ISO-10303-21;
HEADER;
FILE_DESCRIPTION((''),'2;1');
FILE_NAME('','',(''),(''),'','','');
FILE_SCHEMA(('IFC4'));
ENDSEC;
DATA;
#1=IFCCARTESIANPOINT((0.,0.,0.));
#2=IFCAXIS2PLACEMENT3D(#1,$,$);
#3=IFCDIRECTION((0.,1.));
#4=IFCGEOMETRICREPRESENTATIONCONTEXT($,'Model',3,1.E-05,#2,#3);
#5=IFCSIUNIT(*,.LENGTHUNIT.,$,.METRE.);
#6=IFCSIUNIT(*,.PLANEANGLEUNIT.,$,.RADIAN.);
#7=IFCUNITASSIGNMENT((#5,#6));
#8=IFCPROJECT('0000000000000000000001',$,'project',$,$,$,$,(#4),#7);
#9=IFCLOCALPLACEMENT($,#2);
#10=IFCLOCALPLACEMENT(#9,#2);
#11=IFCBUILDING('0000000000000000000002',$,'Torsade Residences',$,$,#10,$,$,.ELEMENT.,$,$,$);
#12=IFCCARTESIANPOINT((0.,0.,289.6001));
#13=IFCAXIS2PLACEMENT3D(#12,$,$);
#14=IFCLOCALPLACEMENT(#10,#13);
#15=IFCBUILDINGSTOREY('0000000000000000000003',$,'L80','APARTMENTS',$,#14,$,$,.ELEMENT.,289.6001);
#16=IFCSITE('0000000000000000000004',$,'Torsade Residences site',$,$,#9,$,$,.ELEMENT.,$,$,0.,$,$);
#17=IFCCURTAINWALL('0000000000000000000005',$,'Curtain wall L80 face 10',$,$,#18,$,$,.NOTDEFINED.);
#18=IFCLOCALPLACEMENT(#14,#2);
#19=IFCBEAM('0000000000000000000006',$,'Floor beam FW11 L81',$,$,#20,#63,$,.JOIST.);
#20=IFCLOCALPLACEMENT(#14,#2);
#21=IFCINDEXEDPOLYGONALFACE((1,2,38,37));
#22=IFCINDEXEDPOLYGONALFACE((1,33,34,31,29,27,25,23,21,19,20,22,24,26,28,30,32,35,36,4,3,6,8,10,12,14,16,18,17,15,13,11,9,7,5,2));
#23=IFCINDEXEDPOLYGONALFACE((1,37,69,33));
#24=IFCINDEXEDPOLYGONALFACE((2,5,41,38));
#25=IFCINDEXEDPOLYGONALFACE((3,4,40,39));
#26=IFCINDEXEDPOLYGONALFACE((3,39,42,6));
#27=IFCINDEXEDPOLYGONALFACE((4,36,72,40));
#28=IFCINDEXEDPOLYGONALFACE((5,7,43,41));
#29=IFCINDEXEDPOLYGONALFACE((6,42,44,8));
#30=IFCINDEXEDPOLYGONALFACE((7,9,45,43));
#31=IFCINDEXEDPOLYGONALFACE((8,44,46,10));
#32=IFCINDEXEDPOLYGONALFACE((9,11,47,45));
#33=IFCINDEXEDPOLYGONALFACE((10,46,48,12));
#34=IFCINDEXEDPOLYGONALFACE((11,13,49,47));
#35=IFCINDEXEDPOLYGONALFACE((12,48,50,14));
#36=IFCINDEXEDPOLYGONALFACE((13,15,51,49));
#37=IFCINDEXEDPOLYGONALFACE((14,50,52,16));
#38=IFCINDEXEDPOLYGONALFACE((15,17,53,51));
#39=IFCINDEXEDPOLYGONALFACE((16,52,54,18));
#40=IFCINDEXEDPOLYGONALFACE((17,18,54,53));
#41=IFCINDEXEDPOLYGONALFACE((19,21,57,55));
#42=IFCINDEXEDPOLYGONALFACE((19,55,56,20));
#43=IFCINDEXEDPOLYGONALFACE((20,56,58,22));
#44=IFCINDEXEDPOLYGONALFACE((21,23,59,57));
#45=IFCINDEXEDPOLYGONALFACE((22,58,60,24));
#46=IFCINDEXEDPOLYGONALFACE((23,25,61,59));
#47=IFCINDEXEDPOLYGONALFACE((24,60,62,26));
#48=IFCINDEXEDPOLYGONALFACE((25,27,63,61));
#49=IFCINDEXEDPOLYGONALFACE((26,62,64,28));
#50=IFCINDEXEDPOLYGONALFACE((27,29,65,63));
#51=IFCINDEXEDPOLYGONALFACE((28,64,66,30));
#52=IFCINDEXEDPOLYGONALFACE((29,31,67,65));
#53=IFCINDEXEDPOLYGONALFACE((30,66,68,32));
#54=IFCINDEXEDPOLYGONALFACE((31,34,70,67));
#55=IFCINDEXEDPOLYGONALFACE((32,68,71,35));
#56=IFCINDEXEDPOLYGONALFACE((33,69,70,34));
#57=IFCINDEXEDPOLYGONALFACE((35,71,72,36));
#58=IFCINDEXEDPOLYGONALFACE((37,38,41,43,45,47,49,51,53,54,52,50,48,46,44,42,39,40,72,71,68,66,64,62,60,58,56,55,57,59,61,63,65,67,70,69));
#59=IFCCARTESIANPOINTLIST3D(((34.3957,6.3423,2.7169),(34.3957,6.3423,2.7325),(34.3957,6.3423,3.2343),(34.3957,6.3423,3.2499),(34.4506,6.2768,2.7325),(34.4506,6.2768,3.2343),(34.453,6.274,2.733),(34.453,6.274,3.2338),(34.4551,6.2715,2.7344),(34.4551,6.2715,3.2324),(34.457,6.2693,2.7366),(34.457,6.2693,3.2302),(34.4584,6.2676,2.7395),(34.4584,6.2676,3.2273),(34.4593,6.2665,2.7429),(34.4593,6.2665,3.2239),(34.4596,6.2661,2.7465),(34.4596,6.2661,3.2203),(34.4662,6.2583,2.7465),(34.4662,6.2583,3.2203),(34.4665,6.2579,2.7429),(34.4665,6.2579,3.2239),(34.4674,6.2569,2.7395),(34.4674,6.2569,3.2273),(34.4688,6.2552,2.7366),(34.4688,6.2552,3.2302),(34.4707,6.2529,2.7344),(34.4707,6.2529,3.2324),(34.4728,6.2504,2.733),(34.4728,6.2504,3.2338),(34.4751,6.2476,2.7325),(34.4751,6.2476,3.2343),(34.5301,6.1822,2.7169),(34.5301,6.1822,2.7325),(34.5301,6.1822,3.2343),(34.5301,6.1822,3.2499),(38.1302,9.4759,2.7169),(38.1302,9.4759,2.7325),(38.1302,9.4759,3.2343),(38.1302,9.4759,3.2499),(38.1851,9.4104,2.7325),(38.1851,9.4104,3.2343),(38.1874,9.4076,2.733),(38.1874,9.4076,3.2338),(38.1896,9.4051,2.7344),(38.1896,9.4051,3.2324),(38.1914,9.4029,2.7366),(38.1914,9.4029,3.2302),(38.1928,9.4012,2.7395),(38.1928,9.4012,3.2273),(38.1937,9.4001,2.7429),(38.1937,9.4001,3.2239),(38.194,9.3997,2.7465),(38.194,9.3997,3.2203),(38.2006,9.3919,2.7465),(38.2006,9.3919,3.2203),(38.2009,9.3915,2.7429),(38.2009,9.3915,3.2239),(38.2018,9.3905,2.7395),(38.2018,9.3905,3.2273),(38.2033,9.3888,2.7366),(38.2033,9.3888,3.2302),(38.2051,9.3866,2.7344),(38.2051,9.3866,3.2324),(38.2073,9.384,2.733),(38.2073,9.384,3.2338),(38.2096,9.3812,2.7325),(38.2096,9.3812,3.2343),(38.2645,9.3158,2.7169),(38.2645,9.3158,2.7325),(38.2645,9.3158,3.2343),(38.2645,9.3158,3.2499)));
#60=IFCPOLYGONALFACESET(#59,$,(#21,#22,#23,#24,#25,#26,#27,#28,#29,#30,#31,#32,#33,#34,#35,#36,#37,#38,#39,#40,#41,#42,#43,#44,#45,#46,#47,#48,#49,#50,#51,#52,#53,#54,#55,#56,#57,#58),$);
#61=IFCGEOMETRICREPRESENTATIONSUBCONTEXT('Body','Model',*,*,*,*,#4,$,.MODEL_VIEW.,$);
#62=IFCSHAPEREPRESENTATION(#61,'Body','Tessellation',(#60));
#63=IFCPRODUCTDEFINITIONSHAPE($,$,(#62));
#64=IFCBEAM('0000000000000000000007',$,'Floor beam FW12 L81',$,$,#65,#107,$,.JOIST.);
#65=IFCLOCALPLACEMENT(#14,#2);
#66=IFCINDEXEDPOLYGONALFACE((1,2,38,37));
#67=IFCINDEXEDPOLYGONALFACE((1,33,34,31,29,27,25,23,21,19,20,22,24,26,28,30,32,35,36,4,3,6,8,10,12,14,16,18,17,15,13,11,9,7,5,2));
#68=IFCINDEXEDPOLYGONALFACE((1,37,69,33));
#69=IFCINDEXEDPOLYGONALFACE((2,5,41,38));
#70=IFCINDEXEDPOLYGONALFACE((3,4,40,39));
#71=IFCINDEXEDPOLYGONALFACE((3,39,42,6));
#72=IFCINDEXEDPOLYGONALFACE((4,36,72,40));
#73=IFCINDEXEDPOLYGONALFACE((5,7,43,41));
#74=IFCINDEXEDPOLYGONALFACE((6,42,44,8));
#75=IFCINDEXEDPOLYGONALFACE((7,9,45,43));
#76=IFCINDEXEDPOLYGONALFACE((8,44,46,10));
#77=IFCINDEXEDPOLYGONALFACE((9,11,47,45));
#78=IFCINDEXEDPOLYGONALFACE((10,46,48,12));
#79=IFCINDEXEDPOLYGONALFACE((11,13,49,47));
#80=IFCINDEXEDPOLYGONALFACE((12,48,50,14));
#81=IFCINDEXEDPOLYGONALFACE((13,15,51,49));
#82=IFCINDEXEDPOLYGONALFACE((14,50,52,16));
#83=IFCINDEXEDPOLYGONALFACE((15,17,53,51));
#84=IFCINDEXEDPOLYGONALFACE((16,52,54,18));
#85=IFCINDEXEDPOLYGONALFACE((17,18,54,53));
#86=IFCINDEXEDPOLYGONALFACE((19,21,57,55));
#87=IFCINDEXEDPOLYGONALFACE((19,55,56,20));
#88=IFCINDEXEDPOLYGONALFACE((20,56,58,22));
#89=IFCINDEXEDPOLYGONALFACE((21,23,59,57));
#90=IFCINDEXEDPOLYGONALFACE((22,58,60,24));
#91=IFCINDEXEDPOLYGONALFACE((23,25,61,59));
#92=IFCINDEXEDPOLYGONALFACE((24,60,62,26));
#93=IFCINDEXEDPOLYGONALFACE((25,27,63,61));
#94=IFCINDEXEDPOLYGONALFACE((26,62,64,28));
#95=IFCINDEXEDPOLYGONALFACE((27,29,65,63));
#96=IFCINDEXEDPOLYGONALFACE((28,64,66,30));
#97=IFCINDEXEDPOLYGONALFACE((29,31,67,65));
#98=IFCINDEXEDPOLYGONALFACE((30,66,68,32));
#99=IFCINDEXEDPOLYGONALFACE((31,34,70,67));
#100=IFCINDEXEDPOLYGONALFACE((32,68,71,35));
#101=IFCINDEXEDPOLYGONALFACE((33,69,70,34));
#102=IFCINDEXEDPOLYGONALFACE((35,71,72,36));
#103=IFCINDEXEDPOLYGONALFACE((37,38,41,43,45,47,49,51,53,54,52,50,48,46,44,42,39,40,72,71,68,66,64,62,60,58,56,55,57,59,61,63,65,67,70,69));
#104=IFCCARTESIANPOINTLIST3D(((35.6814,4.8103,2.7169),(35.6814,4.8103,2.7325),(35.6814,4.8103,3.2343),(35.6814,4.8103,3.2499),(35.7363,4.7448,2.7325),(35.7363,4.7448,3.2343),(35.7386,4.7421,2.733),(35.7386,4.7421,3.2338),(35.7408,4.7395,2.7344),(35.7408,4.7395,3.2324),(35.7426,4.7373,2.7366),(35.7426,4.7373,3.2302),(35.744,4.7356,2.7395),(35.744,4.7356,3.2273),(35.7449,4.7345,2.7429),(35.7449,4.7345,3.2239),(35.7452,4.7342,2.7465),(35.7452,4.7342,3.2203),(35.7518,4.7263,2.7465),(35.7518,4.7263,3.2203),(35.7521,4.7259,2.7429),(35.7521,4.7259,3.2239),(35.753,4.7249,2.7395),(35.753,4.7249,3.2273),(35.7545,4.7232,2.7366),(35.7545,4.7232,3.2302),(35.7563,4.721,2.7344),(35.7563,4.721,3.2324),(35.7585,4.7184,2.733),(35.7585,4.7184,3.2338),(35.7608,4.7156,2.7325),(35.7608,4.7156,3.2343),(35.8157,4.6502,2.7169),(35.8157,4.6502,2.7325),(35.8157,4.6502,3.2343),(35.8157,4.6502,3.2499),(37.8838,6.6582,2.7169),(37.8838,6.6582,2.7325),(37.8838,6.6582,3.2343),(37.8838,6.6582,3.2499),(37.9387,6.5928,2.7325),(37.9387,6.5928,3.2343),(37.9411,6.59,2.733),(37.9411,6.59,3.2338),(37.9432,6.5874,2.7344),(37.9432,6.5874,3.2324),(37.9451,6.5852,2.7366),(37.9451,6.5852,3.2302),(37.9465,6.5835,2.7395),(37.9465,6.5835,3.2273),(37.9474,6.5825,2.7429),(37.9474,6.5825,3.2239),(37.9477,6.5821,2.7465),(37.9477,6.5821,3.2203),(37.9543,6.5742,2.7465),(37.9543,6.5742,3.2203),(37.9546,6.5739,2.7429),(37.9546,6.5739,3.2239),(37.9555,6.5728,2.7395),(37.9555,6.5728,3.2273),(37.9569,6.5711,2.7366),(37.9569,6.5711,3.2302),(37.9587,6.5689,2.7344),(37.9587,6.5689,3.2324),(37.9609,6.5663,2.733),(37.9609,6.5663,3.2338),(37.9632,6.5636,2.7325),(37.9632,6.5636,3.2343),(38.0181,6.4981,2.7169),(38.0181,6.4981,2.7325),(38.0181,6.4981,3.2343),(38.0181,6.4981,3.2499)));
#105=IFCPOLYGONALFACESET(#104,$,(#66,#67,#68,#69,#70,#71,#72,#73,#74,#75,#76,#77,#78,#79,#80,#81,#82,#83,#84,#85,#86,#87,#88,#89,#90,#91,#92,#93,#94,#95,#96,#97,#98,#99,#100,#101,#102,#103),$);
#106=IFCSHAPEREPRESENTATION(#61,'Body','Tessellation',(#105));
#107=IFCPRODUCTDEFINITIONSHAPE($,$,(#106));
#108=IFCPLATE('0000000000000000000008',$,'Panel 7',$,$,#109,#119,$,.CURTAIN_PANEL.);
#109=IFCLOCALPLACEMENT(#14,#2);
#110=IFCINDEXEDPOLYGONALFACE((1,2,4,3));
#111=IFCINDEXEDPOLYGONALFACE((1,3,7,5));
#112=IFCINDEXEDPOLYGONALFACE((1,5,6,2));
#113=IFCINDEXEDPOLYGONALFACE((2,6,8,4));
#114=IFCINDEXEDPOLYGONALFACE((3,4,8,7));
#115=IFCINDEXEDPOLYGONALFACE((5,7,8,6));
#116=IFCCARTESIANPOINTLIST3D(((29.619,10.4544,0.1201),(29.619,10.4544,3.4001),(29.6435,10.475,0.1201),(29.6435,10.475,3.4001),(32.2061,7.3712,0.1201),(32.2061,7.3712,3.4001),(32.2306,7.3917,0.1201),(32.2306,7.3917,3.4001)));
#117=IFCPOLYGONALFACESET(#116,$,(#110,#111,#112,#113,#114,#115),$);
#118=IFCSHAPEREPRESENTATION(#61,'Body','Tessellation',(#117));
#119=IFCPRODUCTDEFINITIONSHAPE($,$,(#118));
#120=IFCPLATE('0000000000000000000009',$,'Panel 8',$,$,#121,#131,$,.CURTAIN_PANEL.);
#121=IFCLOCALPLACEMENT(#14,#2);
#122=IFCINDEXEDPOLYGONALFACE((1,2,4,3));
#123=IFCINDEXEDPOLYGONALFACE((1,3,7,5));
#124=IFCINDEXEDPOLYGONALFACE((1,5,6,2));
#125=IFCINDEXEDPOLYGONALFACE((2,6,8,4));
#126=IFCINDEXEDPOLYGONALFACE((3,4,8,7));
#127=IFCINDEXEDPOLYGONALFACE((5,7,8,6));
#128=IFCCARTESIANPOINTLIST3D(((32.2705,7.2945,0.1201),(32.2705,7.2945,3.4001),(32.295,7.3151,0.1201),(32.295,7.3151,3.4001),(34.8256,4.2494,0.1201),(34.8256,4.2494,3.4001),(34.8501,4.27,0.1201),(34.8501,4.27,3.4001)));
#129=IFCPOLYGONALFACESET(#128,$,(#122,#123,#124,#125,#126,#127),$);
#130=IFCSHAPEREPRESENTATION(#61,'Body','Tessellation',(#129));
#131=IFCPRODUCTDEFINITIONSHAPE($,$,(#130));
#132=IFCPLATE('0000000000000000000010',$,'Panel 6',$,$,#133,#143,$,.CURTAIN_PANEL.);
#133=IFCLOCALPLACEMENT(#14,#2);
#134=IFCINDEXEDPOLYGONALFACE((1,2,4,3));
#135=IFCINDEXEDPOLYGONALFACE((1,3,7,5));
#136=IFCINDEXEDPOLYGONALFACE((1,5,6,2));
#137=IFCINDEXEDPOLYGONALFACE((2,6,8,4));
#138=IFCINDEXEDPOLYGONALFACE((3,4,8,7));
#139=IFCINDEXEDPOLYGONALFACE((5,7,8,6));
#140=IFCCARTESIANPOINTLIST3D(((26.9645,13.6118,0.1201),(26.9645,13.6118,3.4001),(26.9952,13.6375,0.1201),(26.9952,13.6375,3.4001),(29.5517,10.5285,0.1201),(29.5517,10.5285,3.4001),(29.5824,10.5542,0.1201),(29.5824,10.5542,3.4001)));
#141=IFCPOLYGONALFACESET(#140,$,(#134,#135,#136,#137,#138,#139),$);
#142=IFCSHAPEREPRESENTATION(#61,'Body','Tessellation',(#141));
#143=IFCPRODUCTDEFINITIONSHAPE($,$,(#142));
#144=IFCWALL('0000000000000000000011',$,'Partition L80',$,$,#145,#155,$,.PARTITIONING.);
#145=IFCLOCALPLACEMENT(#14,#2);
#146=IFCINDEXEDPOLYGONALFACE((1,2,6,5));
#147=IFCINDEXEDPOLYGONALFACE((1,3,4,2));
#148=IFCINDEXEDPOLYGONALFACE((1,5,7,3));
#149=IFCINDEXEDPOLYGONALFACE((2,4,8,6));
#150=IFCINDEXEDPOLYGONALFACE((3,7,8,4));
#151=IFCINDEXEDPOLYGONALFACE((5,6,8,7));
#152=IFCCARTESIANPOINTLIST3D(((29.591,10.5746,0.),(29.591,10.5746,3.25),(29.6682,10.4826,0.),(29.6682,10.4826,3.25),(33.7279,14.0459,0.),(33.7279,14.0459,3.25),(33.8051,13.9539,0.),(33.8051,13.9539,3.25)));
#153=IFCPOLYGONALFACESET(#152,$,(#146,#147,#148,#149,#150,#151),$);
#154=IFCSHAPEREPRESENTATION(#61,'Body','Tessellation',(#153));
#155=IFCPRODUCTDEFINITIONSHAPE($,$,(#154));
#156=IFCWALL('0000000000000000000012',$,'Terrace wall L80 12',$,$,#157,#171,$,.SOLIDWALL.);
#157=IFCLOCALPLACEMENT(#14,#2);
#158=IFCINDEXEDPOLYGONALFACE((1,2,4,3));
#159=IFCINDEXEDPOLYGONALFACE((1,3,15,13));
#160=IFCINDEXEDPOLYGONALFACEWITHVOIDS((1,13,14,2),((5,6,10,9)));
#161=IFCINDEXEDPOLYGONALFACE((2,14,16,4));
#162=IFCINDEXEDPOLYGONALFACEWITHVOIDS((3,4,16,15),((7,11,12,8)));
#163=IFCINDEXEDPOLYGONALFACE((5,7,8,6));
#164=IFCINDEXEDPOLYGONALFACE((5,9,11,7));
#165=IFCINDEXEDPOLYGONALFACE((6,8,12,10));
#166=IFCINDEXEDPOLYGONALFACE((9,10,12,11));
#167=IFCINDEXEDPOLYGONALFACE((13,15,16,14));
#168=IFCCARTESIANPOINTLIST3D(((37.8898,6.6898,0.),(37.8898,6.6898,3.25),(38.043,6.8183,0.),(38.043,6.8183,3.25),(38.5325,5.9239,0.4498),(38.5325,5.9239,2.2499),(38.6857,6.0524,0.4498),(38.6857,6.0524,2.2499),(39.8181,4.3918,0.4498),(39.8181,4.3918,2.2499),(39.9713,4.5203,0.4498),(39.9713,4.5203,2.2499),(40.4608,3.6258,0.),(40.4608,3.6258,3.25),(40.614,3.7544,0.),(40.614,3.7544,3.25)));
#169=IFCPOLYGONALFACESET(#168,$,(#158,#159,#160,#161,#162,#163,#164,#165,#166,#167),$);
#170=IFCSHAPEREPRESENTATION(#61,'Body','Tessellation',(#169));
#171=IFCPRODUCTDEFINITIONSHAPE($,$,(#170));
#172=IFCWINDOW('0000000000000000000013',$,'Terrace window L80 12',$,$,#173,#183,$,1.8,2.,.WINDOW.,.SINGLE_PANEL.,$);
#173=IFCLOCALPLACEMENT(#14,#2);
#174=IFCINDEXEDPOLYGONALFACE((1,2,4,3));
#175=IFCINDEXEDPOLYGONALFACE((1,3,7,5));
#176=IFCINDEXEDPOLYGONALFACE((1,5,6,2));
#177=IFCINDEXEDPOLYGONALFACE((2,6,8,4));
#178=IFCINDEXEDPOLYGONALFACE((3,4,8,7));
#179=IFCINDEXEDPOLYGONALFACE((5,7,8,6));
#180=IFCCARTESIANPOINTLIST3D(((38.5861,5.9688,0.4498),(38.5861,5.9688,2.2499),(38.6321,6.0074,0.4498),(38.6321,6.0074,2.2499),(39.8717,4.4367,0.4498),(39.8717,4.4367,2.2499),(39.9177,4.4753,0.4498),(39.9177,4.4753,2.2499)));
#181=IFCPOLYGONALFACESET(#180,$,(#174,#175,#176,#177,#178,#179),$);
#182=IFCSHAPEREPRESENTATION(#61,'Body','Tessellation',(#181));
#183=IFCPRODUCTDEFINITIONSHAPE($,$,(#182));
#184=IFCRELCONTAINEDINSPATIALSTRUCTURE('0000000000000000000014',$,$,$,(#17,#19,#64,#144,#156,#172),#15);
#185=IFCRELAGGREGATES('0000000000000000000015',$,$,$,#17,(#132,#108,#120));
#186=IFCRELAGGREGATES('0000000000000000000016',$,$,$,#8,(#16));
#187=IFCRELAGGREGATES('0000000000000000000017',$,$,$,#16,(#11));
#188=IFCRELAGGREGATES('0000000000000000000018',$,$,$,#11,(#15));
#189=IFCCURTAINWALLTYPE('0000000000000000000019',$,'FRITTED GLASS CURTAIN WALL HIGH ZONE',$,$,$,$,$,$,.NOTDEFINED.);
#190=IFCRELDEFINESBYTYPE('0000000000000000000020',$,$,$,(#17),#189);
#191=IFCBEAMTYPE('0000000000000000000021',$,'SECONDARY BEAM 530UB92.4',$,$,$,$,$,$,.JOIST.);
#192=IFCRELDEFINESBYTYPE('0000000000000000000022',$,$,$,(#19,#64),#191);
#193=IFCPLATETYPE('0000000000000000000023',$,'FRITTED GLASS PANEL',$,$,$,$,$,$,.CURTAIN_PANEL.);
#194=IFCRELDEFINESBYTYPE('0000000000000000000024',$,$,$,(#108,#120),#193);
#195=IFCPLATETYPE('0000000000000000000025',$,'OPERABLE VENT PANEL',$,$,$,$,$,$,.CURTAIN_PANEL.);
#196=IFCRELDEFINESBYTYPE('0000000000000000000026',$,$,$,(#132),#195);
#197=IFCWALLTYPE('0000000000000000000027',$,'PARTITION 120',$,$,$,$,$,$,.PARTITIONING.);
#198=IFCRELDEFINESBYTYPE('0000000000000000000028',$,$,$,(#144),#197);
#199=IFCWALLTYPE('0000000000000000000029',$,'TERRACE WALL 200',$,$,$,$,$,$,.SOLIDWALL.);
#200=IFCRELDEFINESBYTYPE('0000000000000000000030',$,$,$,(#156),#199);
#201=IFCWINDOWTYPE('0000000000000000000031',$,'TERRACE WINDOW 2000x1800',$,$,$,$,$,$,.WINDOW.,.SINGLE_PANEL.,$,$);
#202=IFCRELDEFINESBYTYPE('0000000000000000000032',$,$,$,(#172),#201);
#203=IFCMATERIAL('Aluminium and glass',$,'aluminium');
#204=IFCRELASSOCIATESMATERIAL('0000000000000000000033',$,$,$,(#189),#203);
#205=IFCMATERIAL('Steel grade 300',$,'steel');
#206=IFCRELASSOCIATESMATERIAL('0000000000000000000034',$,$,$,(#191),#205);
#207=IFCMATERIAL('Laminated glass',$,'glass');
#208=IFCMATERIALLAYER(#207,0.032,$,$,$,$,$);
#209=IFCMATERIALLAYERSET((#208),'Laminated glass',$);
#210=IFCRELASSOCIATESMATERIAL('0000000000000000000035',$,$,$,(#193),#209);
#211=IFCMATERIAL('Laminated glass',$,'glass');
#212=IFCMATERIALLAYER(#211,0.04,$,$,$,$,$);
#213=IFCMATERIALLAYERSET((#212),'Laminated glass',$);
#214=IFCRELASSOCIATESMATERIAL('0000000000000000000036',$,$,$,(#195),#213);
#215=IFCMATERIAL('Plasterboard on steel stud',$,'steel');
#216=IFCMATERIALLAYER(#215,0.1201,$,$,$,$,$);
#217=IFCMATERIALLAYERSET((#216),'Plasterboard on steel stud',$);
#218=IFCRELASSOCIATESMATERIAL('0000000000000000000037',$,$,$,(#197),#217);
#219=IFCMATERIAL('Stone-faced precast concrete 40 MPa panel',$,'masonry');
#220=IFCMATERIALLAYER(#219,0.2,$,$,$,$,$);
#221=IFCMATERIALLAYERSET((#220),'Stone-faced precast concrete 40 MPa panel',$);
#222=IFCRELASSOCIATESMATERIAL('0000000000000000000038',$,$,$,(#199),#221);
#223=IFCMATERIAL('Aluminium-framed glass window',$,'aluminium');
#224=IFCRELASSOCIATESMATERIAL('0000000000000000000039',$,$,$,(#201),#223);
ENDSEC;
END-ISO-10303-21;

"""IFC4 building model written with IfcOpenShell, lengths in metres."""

from ifc_helpers import new_model, si_unit, direction, frame, frame_2d, origin, origin_2d, place, context, subcontext, project, spatial, rectangle, i_section, extrude, material, layer, layer_set, material_profile, profile_set, type_object, element, fill, aggregate, save


model = new_model("IFC4")

# Units and contexts
model_context = context("Model", 3, precision=1e-05, world=origin(), true_north=direction((0.0, 1.0)))
body_context = subcontext(model_context, "Body", "Model", "MODEL_VIEW")
ifc_project = project(units=[si_unit("LENGTHUNIT", "METRE"), si_unit("PLANEANGLEUNIT", "RADIAN")], contexts=[model_context])

# Site, building, storey
site_placement = place(None, origin())
site = spatial("IfcSite", under=ifc_project, at=site_placement, Name="Torsade Residences site", CompositionType="ELEMENT", RefElevation=0.0)
building_placement = place(site_placement, origin())
building = spatial("IfcBuilding", under=site, at=building_placement, Name="Torsade Residences", CompositionType="ELEMENT")
storey_placement = place(building_placement, frame((0.0, 0.0, 289.6001)))
storey = spatial("IfcBuildingStorey", under=building, at=storey_placement, Name="L80", Description="APARTMENTS", CompositionType="ELEMENT", Elevation=289.6001)

# Curtain wall
ifc_material_1 = material(Name="Aluminium and glass", Category="aluminium")
curtain_wall_type = type_object("IfcCurtainWallType", Name="FRITTED GLASS CURTAIN WALL HIGH ZONE", PredefinedType="NOTDEFINED", material=ifc_material_1)
curtain_wall_placement = place(storey_placement, origin())
curtain_wall = element("IfcCurtainWall", 1, at=curtain_wall_placement, inside=storey, type_object=curtain_wall_type, Name="Curtain wall L80 face 10", PredefinedType="NOTDEFINED")

# Beams
ifc_material_2 = material(Name="Steel grade 300", Category="steel")
ifc_material_profile_1 = material_profile(ifc_material_2, i_section(OverallWidth=0.209, OverallDepth=0.533, WebThickness=0.0103, FlangeThickness=0.0156, FilletRadius=0.0139, at=origin_2d()), Name="530UB92.4")
ifc_profile_set_1 = profile_set([ifc_material_profile_1], Name="Steel grade 300")
beam_type_1 = type_object("IfcBeamType", Name="SECONDARY BEAM 530UB92.4", PredefinedType="JOIST", material=ifc_profile_set_1)
beam_1_placement = place(storey_placement, frame((34.4629, 6.2622, 2.9834), z_axis=(0.766041, 0.642791, 0.0), x_axis=(-0.642791, 0.766041, 0.0)))
element("IfcBeam", 2, at=beam_1_placement, inside=storey, type_object=beam_type_1, Name="Floor beam FW11 L81", PredefinedType="JOIST", context=body_context, shape_type="SweptSolid", body=[
    extrude(i_section(OverallWidth=0.209, OverallDepth=0.533, WebThickness=0.0103, FlangeThickness=0.0156, FilletRadius=0.0139, at=origin_2d()), origin(), (0.0, 0.0, 1.0), 4.875),
])
beam_2_placement = place(storey_placement, frame((35.7485, 4.7302, 2.9834), z_axis=(0.766066, 0.642762, 0.0), x_axis=(-0.642762, 0.766066, 0.0)))
element("IfcBeam", 3, at=beam_2_placement, inside=storey, type_object=beam_type_1, Name="Floor beam FW12 L81", PredefinedType="JOIST", context=body_context, shape_type="SweptSolid", body=[
    extrude(i_section(OverallWidth=0.209, OverallDepth=0.533, WebThickness=0.0103, FlangeThickness=0.0156, FilletRadius=0.0139, at=origin_2d()), origin(), (0.0, 0.0, 1.0), 2.875),
])

# Plates
ifc_material_3 = material(Name="Laminated glass", Category="glass")
ifc_layer_1 = layer(ifc_material_3, 0.032)
ifc_layer_set_1 = layer_set([ifc_layer_1], Name="Laminated glass")
plate_type_1 = type_object("IfcPlateType", Name="FRITTED GLASS PANEL", PredefinedType="CURTAIN_PANEL", material=ifc_layer_set_1)
plate_1_placement = place(storey_placement, frame((30.9248, 8.9231, 0.1201), z_axis=(0.0, 0.0, 1.0), x_axis=(0.642788, -0.766044, 0.0)))
plate_1 = element("IfcPlate", 4, at=plate_1_placement, type_object=plate_type_1, Name="Panel 7", PredefinedType="CURTAIN_PANEL", context=body_context, shape_type="SweptSolid", body=[
    extrude(rectangle(XDim=4.0249, YDim=0.032, at=origin_2d()), origin(), (0.0, 0.0, 1.0), 3.28),
])
plate_2_placement = place(storey_placement, frame((33.5603, 5.7822, 0.1201), z_axis=(0.0, 0.0, 1.0), x_axis=(0.642788, -0.766044, 0.0)))
plate_2 = element("IfcPlate", 5, at=plate_2_placement, type_object=plate_type_1, Name="Panel 8", PredefinedType="CURTAIN_PANEL", context=body_context, shape_type="SweptSolid", body=[
    extrude(rectangle(XDim=3.9751, YDim=0.032, at=origin_2d()), origin(), (0.0, 0.0, 1.0), 3.28),
])
ifc_material_4 = material(Name="Laminated glass", Category="glass")
ifc_layer_2 = layer(ifc_material_4, 0.04)
ifc_layer_set_2 = layer_set([ifc_layer_2], Name="Laminated glass")
plate_type_2 = type_object("IfcPlateType", Name="OPERABLE VENT PANEL", PredefinedType="CURTAIN_PANEL", material=ifc_layer_set_2)
plate_3_placement = place(storey_placement, frame((28.2734, 12.083, 0.1201), z_axis=(0.0, 0.0, 1.0), x_axis=(0.642788, -0.766044, 0.0)))
plate_3 = element("IfcPlate", 6, at=plate_3_placement, type_object=plate_type_2, Name="Panel 6", PredefinedType="CURTAIN_PANEL", context=body_context, shape_type="SweptSolid", body=[
    extrude(rectangle(XDim=4.0249, YDim=0.04, at=origin_2d()), origin(), (0.0, 0.0, 1.0), 3.28),
])
aggregate(curtain_wall, [plate_3, plate_1, plate_2])

# Wall
ifc_material_5 = material(Name="Plasterboard on steel stud", Category="steel")
ifc_layer_3 = layer(ifc_material_5, 0.1201)
ifc_layer_set_3 = layer_set([ifc_layer_3], Name="Plasterboard on steel stud")
wall_type_1 = type_object("IfcWallType", Name="PARTITION 120", PredefinedType="PARTITIONING", material=ifc_layer_set_3)
wall_1_placement = place(storey_placement, frame((29.6296, 10.5286, 0.0), z_axis=(0.0, 0.0, 1.0), x_axis=(0.766034, 0.6428, 0.0)))
element("IfcWall", 7, at=wall_1_placement, inside=storey, type_object=wall_type_1, Name="Partition L80", PredefinedType="PARTITIONING", context=body_context, shape_type="SweptSolid", body=[
    extrude(rectangle(XDim=5.4004, YDim=0.1201, at=frame_2d((2.7002, 0.0))), origin(), (0.0, 0.0, 1.0), 3.25),
])

# Shared definitions
ifc_material_6 = material(Name="Stone-faced precast concrete 40 MPa panel", Category="masonry")
ifc_layer_4 = layer(ifc_material_6, 0.2)
ifc_layer_set_4 = layer_set([ifc_layer_4], Name="Stone-faced precast concrete 40 MPa panel")
wall_type_2 = type_object("IfcWallType", Name="TERRACE WALL 200", PredefinedType="SOLIDWALL", material=ifc_layer_set_4)

# Wall, opening, window
wall_2_placement = place(storey_placement, frame((37.9663, 6.7542, 0.0), z_axis=(0.0, 0.0, 1.0), x_axis=(0.642798, -0.766035, 0.0)))
wall_2 = element("IfcWall", 8, at=wall_2_placement, inside=storey, type_object=wall_type_2, Name="Terrace wall L80 12", PredefinedType="SOLIDWALL", context=body_context, shape_type="SweptSolid", body=[
    extrude(rectangle(XDim=3.9998, YDim=0.2, at=frame_2d((2.0, 0.0))), origin(), (0.0, 0.0, 1.0), 3.25),
])
opening_1_placement = place(wall_2_placement, frame((1.0, 0.0, 0.45)))
opening_1 = element("IfcOpeningElement", 9, at=opening_1_placement, cuts=wall_2, PredefinedType="OPENING", context=body_context, shape_type="SweptSolid", body=[
    extrude(rectangle(XDim=2.0, YDim=1.8, at=frame_2d((1.0, 0.8999))), frame((0.0, 0.1099, 0.0), z_axis=(0.0, -1.0, 0.0), x_axis=(1.0, 0.0, 0.0)), (0.0, 0.0, 1.0), 0.22),
])
ifc_material_7 = material(Name="Aluminium-framed glass window", Category="aluminium")
window_type = type_object("IfcWindowType", Name="TERRACE WINDOW 2000x1800", PartitioningType="SINGLE_PANEL", PredefinedType="WINDOW", material=ifc_material_7)
window_placement = place(opening_1_placement, origin())
window = element("IfcWindow", 10, at=window_placement, inside=storey, type_object=window_type, Name="Terrace window L80 12", OverallHeight=1.8, OverallWidth=2.0, PartitioningType="SINGLE_PANEL", PredefinedType="WINDOW", context=body_context, shape_type="SweptSolid", body=[
    extrude(rectangle(XDim=2.0, YDim=1.8, at=frame_2d((1.0, 0.8999))), frame((0.0, 0.03, 0.0), z_axis=(0.0, -1.0, 0.0), x_axis=(1.0, 0.0, 0.0)), (0.0, 0.0, 1.0), 0.0601),
])
fill(opening_1, window)

save(model, "model.ifc")
